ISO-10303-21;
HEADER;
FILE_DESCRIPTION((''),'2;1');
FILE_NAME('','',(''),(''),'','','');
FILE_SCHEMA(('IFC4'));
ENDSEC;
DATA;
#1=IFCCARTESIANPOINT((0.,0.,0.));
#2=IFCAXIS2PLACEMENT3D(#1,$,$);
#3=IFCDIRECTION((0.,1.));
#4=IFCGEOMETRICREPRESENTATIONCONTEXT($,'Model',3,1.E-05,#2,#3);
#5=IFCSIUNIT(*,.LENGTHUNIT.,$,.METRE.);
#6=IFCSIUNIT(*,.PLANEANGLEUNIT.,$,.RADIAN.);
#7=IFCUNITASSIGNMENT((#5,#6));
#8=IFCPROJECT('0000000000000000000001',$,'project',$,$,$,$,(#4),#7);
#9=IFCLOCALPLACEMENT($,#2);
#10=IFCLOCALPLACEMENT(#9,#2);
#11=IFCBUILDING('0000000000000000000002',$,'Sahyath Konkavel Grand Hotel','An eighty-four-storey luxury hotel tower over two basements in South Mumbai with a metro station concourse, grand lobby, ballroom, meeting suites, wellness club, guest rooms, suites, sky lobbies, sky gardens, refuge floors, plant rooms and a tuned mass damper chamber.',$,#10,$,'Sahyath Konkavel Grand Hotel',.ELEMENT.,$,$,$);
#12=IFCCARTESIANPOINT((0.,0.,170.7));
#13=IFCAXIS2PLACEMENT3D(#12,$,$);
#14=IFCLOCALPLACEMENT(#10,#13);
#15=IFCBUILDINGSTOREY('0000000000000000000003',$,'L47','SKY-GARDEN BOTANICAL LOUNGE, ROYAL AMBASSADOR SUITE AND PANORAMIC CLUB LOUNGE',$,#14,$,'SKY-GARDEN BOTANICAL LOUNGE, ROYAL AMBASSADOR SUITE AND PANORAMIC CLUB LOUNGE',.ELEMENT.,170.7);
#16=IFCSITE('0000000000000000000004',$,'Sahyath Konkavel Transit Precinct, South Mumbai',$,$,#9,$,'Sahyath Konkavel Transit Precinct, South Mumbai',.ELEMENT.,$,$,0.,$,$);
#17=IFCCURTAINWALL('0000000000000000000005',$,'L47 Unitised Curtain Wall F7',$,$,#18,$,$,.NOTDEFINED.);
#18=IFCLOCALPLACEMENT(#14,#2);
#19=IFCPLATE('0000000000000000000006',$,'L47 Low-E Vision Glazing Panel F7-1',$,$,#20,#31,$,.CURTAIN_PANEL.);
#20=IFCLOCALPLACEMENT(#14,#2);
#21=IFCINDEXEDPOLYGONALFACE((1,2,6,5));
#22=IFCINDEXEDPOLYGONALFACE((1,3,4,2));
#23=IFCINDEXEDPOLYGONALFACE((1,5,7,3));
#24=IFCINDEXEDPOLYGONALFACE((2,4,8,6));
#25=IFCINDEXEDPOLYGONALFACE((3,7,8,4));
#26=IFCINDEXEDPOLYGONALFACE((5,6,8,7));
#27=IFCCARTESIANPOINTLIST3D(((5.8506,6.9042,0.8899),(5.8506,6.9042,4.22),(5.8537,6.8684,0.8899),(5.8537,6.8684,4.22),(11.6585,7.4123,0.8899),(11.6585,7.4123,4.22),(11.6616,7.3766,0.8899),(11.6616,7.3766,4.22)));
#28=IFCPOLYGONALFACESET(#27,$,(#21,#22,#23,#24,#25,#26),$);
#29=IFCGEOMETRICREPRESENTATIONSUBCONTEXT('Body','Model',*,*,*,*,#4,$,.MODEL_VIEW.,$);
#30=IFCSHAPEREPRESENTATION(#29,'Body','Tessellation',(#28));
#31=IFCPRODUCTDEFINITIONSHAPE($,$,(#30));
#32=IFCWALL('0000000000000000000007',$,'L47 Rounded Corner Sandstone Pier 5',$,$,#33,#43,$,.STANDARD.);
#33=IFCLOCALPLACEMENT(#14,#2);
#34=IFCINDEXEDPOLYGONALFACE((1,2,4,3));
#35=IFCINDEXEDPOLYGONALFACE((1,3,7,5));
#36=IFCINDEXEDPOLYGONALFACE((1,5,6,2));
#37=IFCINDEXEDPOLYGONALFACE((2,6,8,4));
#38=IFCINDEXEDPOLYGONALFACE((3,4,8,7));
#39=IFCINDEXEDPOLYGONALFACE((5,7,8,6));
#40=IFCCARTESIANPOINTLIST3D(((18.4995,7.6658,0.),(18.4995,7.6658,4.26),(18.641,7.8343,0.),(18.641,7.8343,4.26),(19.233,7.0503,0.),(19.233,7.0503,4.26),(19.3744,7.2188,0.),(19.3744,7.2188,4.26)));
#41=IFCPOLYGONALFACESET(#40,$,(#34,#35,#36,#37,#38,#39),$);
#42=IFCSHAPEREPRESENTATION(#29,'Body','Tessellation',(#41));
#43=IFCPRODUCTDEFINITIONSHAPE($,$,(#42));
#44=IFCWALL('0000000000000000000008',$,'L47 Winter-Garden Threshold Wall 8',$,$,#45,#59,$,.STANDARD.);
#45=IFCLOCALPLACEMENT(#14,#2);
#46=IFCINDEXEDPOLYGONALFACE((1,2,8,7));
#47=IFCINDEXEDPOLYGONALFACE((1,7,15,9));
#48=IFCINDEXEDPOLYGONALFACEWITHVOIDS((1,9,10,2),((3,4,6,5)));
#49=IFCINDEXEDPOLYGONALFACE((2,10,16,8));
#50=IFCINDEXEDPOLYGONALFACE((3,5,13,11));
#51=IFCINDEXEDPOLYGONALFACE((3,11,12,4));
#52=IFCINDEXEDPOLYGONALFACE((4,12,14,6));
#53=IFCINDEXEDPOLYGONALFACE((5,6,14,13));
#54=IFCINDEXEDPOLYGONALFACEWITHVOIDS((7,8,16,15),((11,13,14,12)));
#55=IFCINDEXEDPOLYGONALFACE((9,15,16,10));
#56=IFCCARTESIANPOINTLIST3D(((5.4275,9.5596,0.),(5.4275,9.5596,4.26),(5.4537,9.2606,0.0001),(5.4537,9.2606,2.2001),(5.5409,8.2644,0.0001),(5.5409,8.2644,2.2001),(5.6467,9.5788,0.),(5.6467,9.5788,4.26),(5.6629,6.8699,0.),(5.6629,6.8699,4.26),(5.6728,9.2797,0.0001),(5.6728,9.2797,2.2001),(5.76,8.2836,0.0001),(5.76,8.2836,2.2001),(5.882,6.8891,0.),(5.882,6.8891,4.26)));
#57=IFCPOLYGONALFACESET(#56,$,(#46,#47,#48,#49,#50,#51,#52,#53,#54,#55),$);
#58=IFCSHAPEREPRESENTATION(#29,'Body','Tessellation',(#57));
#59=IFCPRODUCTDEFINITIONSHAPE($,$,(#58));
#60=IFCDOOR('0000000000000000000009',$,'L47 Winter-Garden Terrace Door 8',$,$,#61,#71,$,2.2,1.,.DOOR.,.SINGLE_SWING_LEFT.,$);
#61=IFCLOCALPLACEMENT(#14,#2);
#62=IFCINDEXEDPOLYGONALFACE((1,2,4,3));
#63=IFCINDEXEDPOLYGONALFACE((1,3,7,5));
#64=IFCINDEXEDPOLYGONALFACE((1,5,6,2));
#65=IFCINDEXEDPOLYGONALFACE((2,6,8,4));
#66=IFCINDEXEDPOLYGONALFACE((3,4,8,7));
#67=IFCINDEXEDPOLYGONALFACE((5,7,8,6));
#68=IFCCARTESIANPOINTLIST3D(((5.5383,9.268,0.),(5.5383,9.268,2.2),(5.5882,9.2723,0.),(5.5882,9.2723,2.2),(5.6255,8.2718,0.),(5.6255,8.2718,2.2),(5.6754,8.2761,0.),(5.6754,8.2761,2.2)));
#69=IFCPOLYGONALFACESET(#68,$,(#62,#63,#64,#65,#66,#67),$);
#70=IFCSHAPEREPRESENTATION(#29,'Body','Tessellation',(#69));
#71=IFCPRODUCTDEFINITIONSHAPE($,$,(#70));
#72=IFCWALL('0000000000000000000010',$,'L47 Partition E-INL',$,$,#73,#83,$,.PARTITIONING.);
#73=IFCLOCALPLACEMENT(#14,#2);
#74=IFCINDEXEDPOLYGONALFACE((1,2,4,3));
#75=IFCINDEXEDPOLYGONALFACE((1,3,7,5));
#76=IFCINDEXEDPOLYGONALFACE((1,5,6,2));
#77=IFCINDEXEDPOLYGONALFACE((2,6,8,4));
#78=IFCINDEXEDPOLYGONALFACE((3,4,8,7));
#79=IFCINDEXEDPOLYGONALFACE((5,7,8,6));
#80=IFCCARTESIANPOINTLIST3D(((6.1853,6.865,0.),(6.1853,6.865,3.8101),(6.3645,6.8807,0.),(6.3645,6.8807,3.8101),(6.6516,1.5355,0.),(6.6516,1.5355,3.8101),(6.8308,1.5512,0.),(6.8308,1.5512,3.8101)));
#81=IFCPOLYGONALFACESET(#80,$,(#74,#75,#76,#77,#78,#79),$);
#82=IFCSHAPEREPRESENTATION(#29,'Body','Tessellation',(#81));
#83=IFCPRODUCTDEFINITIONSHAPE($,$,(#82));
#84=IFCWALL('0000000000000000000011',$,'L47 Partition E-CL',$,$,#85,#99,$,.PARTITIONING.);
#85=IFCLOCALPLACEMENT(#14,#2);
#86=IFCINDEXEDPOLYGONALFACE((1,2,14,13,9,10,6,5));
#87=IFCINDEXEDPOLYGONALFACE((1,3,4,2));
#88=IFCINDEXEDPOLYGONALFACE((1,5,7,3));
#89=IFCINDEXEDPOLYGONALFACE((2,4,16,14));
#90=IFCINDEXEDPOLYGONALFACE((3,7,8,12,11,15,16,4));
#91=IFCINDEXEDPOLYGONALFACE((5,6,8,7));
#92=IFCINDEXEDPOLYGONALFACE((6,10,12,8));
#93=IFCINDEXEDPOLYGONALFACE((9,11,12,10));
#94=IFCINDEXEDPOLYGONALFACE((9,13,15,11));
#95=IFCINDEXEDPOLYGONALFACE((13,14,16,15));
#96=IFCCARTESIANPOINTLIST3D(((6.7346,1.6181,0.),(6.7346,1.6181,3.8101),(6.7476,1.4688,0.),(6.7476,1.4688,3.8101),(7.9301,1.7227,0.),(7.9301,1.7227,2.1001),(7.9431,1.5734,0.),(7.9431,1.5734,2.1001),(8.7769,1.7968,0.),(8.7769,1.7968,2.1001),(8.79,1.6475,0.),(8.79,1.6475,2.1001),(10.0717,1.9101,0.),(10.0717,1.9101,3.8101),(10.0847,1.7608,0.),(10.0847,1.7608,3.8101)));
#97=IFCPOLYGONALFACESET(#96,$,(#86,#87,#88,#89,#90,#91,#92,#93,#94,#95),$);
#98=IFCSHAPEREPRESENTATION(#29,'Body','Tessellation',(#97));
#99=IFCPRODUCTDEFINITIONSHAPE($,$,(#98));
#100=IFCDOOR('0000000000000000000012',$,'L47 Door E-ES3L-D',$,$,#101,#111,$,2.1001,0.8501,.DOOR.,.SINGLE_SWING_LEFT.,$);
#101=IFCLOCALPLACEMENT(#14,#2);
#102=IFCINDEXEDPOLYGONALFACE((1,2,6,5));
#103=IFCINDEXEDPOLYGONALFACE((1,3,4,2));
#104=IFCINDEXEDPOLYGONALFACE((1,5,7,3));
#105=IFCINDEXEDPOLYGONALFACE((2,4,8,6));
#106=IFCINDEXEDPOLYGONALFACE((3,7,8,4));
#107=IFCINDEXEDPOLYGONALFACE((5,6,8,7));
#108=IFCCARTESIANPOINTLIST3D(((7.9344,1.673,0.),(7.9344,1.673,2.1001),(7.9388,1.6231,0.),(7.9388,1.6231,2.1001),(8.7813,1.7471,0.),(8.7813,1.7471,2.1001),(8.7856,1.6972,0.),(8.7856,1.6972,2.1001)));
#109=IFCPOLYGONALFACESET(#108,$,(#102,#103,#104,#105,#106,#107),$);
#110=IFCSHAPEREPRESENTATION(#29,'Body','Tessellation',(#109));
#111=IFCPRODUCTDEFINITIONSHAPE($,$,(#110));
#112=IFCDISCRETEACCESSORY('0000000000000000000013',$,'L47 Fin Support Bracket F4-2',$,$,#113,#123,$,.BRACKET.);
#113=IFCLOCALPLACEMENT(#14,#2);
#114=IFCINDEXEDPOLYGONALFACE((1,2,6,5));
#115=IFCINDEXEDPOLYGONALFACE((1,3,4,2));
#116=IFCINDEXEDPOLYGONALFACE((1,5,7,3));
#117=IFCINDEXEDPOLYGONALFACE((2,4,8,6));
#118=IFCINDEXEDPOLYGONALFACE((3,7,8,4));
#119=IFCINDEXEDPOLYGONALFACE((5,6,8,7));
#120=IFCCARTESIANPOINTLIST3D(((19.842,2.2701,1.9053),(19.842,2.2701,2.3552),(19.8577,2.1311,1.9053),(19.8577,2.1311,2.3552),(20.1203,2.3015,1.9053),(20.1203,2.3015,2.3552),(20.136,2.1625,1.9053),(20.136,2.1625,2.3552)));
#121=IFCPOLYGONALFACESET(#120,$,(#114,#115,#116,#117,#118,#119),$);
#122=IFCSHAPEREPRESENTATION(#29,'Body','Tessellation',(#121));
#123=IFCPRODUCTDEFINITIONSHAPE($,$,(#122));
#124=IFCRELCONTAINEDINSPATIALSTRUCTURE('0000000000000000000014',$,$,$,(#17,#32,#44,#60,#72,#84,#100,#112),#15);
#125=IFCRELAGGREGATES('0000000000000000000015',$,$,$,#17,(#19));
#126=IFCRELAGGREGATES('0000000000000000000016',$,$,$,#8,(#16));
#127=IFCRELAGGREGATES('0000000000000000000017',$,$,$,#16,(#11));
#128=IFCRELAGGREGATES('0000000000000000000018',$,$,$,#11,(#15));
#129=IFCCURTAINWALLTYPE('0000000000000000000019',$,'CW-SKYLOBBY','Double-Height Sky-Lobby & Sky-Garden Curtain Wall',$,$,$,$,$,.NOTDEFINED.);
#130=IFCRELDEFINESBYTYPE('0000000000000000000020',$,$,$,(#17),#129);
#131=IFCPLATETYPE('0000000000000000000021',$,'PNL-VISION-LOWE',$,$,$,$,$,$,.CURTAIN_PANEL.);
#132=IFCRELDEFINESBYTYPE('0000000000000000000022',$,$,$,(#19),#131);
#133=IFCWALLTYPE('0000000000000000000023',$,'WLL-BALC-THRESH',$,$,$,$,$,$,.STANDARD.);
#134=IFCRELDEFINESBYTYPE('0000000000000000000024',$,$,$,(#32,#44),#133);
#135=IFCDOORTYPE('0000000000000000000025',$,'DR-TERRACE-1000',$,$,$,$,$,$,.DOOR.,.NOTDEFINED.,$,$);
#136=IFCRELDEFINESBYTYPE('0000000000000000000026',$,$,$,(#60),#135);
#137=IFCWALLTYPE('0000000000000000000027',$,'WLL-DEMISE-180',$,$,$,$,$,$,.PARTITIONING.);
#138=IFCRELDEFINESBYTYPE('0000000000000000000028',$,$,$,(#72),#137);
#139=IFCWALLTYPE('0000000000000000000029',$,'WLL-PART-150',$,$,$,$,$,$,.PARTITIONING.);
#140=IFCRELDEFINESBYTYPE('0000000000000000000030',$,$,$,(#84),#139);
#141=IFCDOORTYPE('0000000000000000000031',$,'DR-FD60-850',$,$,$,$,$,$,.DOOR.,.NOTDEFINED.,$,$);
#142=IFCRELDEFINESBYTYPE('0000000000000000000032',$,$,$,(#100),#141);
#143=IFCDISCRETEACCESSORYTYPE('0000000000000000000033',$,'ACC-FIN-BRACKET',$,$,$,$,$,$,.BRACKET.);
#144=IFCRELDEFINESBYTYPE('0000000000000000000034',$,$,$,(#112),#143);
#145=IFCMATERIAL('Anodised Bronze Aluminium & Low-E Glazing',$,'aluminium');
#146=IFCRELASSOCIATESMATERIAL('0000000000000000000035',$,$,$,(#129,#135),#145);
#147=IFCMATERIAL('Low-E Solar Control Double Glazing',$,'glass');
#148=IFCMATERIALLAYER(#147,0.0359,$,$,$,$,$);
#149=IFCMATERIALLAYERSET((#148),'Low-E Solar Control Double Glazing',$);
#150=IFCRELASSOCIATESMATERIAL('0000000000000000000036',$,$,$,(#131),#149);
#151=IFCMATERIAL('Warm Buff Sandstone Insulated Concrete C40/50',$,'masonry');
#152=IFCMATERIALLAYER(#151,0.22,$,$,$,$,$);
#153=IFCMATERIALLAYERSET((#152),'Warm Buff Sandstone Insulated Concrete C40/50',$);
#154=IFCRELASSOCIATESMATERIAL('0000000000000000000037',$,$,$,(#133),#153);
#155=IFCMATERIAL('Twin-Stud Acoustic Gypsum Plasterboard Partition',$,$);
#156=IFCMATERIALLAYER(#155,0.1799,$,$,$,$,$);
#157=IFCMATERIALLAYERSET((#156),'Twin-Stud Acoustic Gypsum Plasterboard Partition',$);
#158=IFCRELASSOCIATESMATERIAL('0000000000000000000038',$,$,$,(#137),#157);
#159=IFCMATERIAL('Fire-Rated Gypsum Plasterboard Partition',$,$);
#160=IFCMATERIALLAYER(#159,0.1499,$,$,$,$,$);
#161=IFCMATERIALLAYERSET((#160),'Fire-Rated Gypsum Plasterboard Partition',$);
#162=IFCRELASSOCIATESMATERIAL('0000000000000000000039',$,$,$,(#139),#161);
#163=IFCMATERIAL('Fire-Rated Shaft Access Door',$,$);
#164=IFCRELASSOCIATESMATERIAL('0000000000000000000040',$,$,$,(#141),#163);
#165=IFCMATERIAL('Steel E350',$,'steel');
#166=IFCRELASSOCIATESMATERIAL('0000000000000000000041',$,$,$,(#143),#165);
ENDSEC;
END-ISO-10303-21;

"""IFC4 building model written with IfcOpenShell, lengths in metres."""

from ifc_helpers import new_model, si_unit, direction, frame, frame_2d, origin, origin_2d, place, context, subcontext, project, spatial, rectangle, extrude, source, transform, mapped, material, layer, layer_set, type_object, element, fill, aggregate, save


model = new_model("IFC4")

# Units and contexts
model_context = context("Model", 3, precision=1e-05, world=origin(), true_north=direction((0.0, 1.0)))
body_context = subcontext(model_context, "Body", "Model", "MODEL_VIEW")
ifc_project = project(units=[si_unit("LENGTHUNIT", "METRE"), si_unit("PLANEANGLEUNIT", "RADIAN")], contexts=[model_context])

# Site, building, storey
site_placement = place(None, origin())
site = spatial("IfcSite", under=ifc_project, at=site_placement, Name="Sahyath Konkavel Transit Precinct, South Mumbai", LongName="Sahyath Konkavel Transit Precinct, South Mumbai", CompositionType="ELEMENT", RefElevation=0.0)
building_placement = place(site_placement, origin())
building = spatial("IfcBuilding", under=site, at=building_placement, Name="Sahyath Konkavel Grand Hotel", Description="An eighty-four-storey luxury hotel tower over two basements in South Mumbai with a metro station concourse, grand lobby, ballroom, meeting suites, wellness club, guest rooms, suites, sky lobbies, sky gardens, refuge floors, plant rooms and a tuned mass damper chamber.", LongName="Sahyath Konkavel Grand Hotel", CompositionType="ELEMENT")
storey_placement = place(building_placement, frame((0.0, 0.0, 170.7)))
storey = spatial("IfcBuildingStorey", under=building, at=storey_placement, Name="L47", Description="SKY-GARDEN BOTANICAL LOUNGE, ROYAL AMBASSADOR SUITE AND PANORAMIC CLUB LOUNGE", LongName="SKY-GARDEN BOTANICAL LOUNGE, ROYAL AMBASSADOR SUITE AND PANORAMIC CLUB LOUNGE", CompositionType="ELEMENT", Elevation=170.7)

# Shared definitions
ifc_material_1 = material(Name="Steel E350", Category="steel")

# Shared definitions
ifc_material_2 = material(Name="Anodised Bronze Aluminium & Low-E Glazing", Category="aluminium")
curtain_wall_type = type_object("IfcCurtainWallType", Name="CW-SKYLOBBY", Description="Double-Height Sky-Lobby & Sky-Garden Curtain Wall", PredefinedType="NOTDEFINED", material=ifc_material_2)

# Curtain wall
curtain_wall_1_placement = place(storey_placement, origin())
curtain_wall_1 = element("IfcCurtainWall", 1, at=curtain_wall_1_placement, inside=storey, type_object=curtain_wall_type, Name="L47 Unitised Curtain Wall F7", PredefinedType="NOTDEFINED")

# Plate
ifc_material_3 = material(Name="Low-E Solar Control Double Glazing", Category="glass")
ifc_layer_1 = layer(ifc_material_3, 0.0359)
ifc_layer_set_1 = layer_set([ifc_layer_1], Name="Low-E Solar Control Double Glazing")
plate_type_1 = type_object("IfcPlateType", Name="PNL-VISION-LOWE", PredefinedType="CURTAIN_PANEL", material=ifc_layer_set_1)
shared_shape_1 = source(origin(), body_context, "Body", "SweptSolid", [
    extrude(rectangle(XDim=5.8301, YDim=0.0359, at=origin_2d()), origin(), (0.0, 0.0, 1.0), 3.3301),
])
plate_1_placement = place(storey_placement, frame((8.7561, 7.1404, 0.8899), z_axis=(0.0, 0.0, 1.0), x_axis=(-0.996195, -0.087156, 0.0)))
plate_1 = element("IfcPlate", 2, at=plate_1_placement, type_object=plate_type_1, Name="L47 Low-E Vision Glazing Panel F7-1", PredefinedType="CURTAIN_PANEL", context=body_context, shape_type="MappedRepresentation", body=[
    mapped(shared_shape_1, transform((0.0, 0.0, 0.0), scale=1.0)),
])
aggregate(curtain_wall_1, [plate_1])

# Wall
ifc_material_4 = material(Name="Warm Buff Sandstone Insulated Concrete C40/50", Category="masonry")
ifc_layer_2 = layer(ifc_material_4, 0.22)
ifc_layer_set_2 = layer_set([ifc_layer_2], Name="Warm Buff Sandstone Insulated Concrete C40/50")
wall_type_1 = type_object("IfcWallType", Name="WLL-BALC-THRESH", PredefinedType="STANDARD", material=ifc_layer_set_2)
wall_1_placement = place(storey_placement, frame((19.3037, 7.1345, 0.0), z_axis=(0.0, 0.0, 1.0), x_axis=(-0.766001, 0.642839, 0.0)))
element("IfcWall", 3, at=wall_1_placement, inside=storey, type_object=wall_type_1, Name="L47 Rounded Corner Sandstone Pier 5", PredefinedType="STANDARD", context=body_context, shape_type="SweptSolid", body=[
    extrude(rectangle(XDim=0.9575, YDim=0.22, at=frame_2d((0.4788, 0.0))), origin(), (0.0, 0.0, 1.0), 4.26),
])

# Wall, opening, door
wall_2_placement = place(storey_placement, frame((5.7725, 6.8794, 0.0), z_axis=(0.0, 0.0, 1.0), x_axis=(-0.087168, 0.996194, 0.0)))
wall_2 = element("IfcWall", 4, at=wall_2_placement, inside=storey, type_object=wall_type_1, Name="L47 Winter-Garden Threshold Wall 8", PredefinedType="STANDARD", context=body_context, shape_type="SweptSolid", body=[
    extrude(rectangle(XDim=2.7, YDim=0.22, at=frame_2d((1.3501, 0.0))), origin(), (0.0, 0.0, 1.0), 4.26),
])
opening_1_placement = place(wall_2_placement, frame((1.3999, 0.0, 0.0)))
opening_1 = element("IfcOpeningElement", 5, at=opening_1_placement, cuts=wall_2, PredefinedType="OPENING", context=body_context, shape_type="SweptSolid", body=[
    extrude(rectangle(XDim=1.0, YDim=2.2, at=frame_2d((0.5, 1.1001))), frame((0.0, 0.1201, 0.0), z_axis=(0.0, -1.0, 0.0), x_axis=(1.0, 0.0, 0.0)), (0.0, 0.0, 1.0), 0.24),
])
door_type_1 = type_object("IfcDoorType", Name="DR-TERRACE-1000", OperationType="NOTDEFINED", PredefinedType="DOOR", material=ifc_material_2)
shared_shape_2 = source(origin(), body_context, "Body", "SweptSolid", [
    extrude(rectangle(XDim=1.0, YDim=0.05, at=origin_2d()), origin(), (0.0, 0.0, 1.0), 2.2),
])
door_1_placement = place(opening_1_placement, frame((0.5, 0.0, 0.0)))
door_1 = element("IfcDoor", 6, at=door_1_placement, inside=storey, type_object=door_type_1, Name="L47 Winter-Garden Terrace Door 8", OperationType="SINGLE_SWING_LEFT", OverallHeight=2.2, OverallWidth=1.0, PredefinedType="DOOR", context=body_context, shape_type="MappedRepresentation", body=[
    mapped(shared_shape_2, transform((0.0, 0.0, 0.0), scale=1.0)),
])
fill(opening_1, door_1)

# Wall
ifc_material_5 = material(Name="Twin-Stud Acoustic Gypsum Plasterboard Partition")
ifc_layer_3 = layer(ifc_material_5, 0.1799)
ifc_layer_set_3 = layer_set([ifc_layer_3], Name="Twin-Stud Acoustic Gypsum Plasterboard Partition")
wall_type_2 = type_object("IfcWallType", Name="WLL-DEMISE-180", PredefinedType="PARTITIONING", material=ifc_layer_set_3)
wall_3_placement = place(storey_placement, frame((6.7412, 1.5435, 0.0), z_axis=(0.0, 0.0, 1.0), x_axis=(-0.087161, 0.996194, 0.0)))
element("IfcWall", 7, at=wall_3_placement, inside=storey, type_object=wall_type_2, Name="L47 Partition E-INL", PredefinedType="PARTITIONING", context=body_context, shape_type="SweptSolid", body=[
    extrude(rectangle(XDim=5.3499, YDim=0.1799, at=frame_2d((2.6748, 0.0))), origin(), (0.0, 0.0, 1.0), 3.8101),
])

# Wall, opening, door
ifc_material_6 = material(Name="Fire-Rated Gypsum Plasterboard Partition")
ifc_layer_4 = layer(ifc_material_6, 0.1499)
ifc_layer_set_4 = layer_set([ifc_layer_4], Name="Fire-Rated Gypsum Plasterboard Partition")
wall_type_3 = type_object("IfcWallType", Name="WLL-PART-150", PredefinedType="PARTITIONING", material=ifc_layer_set_4)
wall_4_placement = place(storey_placement, frame((6.7412, 1.5435, 0.0), z_axis=(0.0, 0.0, 1.0), x_axis=(0.996194, 0.087164, 0.0)))
wall_4 = element("IfcWall", 8, at=wall_4_placement, inside=storey, type_object=wall_type_3, Name="L47 Partition E-CL", PredefinedType="PARTITIONING", context=body_context, shape_type="SweptSolid", body=[
    extrude(rectangle(XDim=3.3499, YDim=0.1499, at=frame_2d((1.6748, 0.0))), origin(), (0.0, 0.0, 1.0), 3.8101),
])
opening_2_placement = place(wall_4_placement, frame((1.2, 0.0, 0.0)))
opening_2 = element("IfcOpeningElement", 9, at=opening_2_placement, cuts=wall_4, PredefinedType="OPENING", context=body_context, shape_type="SweptSolid", body=[
    extrude(rectangle(XDim=0.8501, YDim=2.1001, at=frame_2d((0.425, 1.05))), frame((0.0, 0.085, 0.0), z_axis=(0.0, -1.0, 0.0), x_axis=(1.0, 0.0, 0.0)), (0.0, 0.0, 1.0), 0.1699),
])
ifc_material_7 = material(Name="Fire-Rated Shaft Access Door")
door_type_2 = type_object("IfcDoorType", Name="DR-FD60-850", OperationType="NOTDEFINED", PredefinedType="DOOR", material=ifc_material_7)
shared_shape_3 = source(origin(), body_context, "Body", "SweptSolid", [
    extrude(rectangle(XDim=0.8501, YDim=0.05, at=origin_2d()), origin(), (0.0, 0.0, 1.0), 2.1001),
])
door_2_placement = place(opening_2_placement, frame((0.425, 0.0, 0.0)))
door_2 = element("IfcDoor", 10, at=door_2_placement, inside=storey, type_object=door_type_2, Name="L47 Door E-ES3L-D", OperationType="SINGLE_SWING_LEFT", OverallHeight=2.1001, OverallWidth=0.8501, PredefinedType="DOOR", context=body_context, shape_type="MappedRepresentation", body=[
    mapped(shared_shape_3, transform((0.0, 0.0, 0.0), scale=1.0)),
])
fill(opening_2, door_2)

# Discrete accessory
discrete_accessory_type = type_object("IfcDiscreteAccessoryType", Name="ACC-FIN-BRACKET", PredefinedType="BRACKET", material=ifc_material_1)
shared_shape_4 = source(origin(), body_context, "Body", "SweptSolid", [
    extrude(rectangle(XDim=0.28, YDim=0.1399, at=origin_2d()), origin(), (0.0, 0.0, 1.0), 0.45),
])
discrete_accessory_placement = place(storey_placement, frame((19.989, 2.2163, 1.9053), z_axis=(0.0, 0.0, 1.0), x_axis=(0.993709, 0.111989, 0.0)))
element("IfcDiscreteAccessory", 11, at=discrete_accessory_placement, inside=storey, type_object=discrete_accessory_type, Name="L47 Fin Support Bracket F4-2", PredefinedType="BRACKET", context=body_context, shape_type="MappedRepresentation", body=[
    mapped(shared_shape_4, transform((0.0, 0.0, 0.0), scale=1.0)),
])

save(model, "model.ifc")
